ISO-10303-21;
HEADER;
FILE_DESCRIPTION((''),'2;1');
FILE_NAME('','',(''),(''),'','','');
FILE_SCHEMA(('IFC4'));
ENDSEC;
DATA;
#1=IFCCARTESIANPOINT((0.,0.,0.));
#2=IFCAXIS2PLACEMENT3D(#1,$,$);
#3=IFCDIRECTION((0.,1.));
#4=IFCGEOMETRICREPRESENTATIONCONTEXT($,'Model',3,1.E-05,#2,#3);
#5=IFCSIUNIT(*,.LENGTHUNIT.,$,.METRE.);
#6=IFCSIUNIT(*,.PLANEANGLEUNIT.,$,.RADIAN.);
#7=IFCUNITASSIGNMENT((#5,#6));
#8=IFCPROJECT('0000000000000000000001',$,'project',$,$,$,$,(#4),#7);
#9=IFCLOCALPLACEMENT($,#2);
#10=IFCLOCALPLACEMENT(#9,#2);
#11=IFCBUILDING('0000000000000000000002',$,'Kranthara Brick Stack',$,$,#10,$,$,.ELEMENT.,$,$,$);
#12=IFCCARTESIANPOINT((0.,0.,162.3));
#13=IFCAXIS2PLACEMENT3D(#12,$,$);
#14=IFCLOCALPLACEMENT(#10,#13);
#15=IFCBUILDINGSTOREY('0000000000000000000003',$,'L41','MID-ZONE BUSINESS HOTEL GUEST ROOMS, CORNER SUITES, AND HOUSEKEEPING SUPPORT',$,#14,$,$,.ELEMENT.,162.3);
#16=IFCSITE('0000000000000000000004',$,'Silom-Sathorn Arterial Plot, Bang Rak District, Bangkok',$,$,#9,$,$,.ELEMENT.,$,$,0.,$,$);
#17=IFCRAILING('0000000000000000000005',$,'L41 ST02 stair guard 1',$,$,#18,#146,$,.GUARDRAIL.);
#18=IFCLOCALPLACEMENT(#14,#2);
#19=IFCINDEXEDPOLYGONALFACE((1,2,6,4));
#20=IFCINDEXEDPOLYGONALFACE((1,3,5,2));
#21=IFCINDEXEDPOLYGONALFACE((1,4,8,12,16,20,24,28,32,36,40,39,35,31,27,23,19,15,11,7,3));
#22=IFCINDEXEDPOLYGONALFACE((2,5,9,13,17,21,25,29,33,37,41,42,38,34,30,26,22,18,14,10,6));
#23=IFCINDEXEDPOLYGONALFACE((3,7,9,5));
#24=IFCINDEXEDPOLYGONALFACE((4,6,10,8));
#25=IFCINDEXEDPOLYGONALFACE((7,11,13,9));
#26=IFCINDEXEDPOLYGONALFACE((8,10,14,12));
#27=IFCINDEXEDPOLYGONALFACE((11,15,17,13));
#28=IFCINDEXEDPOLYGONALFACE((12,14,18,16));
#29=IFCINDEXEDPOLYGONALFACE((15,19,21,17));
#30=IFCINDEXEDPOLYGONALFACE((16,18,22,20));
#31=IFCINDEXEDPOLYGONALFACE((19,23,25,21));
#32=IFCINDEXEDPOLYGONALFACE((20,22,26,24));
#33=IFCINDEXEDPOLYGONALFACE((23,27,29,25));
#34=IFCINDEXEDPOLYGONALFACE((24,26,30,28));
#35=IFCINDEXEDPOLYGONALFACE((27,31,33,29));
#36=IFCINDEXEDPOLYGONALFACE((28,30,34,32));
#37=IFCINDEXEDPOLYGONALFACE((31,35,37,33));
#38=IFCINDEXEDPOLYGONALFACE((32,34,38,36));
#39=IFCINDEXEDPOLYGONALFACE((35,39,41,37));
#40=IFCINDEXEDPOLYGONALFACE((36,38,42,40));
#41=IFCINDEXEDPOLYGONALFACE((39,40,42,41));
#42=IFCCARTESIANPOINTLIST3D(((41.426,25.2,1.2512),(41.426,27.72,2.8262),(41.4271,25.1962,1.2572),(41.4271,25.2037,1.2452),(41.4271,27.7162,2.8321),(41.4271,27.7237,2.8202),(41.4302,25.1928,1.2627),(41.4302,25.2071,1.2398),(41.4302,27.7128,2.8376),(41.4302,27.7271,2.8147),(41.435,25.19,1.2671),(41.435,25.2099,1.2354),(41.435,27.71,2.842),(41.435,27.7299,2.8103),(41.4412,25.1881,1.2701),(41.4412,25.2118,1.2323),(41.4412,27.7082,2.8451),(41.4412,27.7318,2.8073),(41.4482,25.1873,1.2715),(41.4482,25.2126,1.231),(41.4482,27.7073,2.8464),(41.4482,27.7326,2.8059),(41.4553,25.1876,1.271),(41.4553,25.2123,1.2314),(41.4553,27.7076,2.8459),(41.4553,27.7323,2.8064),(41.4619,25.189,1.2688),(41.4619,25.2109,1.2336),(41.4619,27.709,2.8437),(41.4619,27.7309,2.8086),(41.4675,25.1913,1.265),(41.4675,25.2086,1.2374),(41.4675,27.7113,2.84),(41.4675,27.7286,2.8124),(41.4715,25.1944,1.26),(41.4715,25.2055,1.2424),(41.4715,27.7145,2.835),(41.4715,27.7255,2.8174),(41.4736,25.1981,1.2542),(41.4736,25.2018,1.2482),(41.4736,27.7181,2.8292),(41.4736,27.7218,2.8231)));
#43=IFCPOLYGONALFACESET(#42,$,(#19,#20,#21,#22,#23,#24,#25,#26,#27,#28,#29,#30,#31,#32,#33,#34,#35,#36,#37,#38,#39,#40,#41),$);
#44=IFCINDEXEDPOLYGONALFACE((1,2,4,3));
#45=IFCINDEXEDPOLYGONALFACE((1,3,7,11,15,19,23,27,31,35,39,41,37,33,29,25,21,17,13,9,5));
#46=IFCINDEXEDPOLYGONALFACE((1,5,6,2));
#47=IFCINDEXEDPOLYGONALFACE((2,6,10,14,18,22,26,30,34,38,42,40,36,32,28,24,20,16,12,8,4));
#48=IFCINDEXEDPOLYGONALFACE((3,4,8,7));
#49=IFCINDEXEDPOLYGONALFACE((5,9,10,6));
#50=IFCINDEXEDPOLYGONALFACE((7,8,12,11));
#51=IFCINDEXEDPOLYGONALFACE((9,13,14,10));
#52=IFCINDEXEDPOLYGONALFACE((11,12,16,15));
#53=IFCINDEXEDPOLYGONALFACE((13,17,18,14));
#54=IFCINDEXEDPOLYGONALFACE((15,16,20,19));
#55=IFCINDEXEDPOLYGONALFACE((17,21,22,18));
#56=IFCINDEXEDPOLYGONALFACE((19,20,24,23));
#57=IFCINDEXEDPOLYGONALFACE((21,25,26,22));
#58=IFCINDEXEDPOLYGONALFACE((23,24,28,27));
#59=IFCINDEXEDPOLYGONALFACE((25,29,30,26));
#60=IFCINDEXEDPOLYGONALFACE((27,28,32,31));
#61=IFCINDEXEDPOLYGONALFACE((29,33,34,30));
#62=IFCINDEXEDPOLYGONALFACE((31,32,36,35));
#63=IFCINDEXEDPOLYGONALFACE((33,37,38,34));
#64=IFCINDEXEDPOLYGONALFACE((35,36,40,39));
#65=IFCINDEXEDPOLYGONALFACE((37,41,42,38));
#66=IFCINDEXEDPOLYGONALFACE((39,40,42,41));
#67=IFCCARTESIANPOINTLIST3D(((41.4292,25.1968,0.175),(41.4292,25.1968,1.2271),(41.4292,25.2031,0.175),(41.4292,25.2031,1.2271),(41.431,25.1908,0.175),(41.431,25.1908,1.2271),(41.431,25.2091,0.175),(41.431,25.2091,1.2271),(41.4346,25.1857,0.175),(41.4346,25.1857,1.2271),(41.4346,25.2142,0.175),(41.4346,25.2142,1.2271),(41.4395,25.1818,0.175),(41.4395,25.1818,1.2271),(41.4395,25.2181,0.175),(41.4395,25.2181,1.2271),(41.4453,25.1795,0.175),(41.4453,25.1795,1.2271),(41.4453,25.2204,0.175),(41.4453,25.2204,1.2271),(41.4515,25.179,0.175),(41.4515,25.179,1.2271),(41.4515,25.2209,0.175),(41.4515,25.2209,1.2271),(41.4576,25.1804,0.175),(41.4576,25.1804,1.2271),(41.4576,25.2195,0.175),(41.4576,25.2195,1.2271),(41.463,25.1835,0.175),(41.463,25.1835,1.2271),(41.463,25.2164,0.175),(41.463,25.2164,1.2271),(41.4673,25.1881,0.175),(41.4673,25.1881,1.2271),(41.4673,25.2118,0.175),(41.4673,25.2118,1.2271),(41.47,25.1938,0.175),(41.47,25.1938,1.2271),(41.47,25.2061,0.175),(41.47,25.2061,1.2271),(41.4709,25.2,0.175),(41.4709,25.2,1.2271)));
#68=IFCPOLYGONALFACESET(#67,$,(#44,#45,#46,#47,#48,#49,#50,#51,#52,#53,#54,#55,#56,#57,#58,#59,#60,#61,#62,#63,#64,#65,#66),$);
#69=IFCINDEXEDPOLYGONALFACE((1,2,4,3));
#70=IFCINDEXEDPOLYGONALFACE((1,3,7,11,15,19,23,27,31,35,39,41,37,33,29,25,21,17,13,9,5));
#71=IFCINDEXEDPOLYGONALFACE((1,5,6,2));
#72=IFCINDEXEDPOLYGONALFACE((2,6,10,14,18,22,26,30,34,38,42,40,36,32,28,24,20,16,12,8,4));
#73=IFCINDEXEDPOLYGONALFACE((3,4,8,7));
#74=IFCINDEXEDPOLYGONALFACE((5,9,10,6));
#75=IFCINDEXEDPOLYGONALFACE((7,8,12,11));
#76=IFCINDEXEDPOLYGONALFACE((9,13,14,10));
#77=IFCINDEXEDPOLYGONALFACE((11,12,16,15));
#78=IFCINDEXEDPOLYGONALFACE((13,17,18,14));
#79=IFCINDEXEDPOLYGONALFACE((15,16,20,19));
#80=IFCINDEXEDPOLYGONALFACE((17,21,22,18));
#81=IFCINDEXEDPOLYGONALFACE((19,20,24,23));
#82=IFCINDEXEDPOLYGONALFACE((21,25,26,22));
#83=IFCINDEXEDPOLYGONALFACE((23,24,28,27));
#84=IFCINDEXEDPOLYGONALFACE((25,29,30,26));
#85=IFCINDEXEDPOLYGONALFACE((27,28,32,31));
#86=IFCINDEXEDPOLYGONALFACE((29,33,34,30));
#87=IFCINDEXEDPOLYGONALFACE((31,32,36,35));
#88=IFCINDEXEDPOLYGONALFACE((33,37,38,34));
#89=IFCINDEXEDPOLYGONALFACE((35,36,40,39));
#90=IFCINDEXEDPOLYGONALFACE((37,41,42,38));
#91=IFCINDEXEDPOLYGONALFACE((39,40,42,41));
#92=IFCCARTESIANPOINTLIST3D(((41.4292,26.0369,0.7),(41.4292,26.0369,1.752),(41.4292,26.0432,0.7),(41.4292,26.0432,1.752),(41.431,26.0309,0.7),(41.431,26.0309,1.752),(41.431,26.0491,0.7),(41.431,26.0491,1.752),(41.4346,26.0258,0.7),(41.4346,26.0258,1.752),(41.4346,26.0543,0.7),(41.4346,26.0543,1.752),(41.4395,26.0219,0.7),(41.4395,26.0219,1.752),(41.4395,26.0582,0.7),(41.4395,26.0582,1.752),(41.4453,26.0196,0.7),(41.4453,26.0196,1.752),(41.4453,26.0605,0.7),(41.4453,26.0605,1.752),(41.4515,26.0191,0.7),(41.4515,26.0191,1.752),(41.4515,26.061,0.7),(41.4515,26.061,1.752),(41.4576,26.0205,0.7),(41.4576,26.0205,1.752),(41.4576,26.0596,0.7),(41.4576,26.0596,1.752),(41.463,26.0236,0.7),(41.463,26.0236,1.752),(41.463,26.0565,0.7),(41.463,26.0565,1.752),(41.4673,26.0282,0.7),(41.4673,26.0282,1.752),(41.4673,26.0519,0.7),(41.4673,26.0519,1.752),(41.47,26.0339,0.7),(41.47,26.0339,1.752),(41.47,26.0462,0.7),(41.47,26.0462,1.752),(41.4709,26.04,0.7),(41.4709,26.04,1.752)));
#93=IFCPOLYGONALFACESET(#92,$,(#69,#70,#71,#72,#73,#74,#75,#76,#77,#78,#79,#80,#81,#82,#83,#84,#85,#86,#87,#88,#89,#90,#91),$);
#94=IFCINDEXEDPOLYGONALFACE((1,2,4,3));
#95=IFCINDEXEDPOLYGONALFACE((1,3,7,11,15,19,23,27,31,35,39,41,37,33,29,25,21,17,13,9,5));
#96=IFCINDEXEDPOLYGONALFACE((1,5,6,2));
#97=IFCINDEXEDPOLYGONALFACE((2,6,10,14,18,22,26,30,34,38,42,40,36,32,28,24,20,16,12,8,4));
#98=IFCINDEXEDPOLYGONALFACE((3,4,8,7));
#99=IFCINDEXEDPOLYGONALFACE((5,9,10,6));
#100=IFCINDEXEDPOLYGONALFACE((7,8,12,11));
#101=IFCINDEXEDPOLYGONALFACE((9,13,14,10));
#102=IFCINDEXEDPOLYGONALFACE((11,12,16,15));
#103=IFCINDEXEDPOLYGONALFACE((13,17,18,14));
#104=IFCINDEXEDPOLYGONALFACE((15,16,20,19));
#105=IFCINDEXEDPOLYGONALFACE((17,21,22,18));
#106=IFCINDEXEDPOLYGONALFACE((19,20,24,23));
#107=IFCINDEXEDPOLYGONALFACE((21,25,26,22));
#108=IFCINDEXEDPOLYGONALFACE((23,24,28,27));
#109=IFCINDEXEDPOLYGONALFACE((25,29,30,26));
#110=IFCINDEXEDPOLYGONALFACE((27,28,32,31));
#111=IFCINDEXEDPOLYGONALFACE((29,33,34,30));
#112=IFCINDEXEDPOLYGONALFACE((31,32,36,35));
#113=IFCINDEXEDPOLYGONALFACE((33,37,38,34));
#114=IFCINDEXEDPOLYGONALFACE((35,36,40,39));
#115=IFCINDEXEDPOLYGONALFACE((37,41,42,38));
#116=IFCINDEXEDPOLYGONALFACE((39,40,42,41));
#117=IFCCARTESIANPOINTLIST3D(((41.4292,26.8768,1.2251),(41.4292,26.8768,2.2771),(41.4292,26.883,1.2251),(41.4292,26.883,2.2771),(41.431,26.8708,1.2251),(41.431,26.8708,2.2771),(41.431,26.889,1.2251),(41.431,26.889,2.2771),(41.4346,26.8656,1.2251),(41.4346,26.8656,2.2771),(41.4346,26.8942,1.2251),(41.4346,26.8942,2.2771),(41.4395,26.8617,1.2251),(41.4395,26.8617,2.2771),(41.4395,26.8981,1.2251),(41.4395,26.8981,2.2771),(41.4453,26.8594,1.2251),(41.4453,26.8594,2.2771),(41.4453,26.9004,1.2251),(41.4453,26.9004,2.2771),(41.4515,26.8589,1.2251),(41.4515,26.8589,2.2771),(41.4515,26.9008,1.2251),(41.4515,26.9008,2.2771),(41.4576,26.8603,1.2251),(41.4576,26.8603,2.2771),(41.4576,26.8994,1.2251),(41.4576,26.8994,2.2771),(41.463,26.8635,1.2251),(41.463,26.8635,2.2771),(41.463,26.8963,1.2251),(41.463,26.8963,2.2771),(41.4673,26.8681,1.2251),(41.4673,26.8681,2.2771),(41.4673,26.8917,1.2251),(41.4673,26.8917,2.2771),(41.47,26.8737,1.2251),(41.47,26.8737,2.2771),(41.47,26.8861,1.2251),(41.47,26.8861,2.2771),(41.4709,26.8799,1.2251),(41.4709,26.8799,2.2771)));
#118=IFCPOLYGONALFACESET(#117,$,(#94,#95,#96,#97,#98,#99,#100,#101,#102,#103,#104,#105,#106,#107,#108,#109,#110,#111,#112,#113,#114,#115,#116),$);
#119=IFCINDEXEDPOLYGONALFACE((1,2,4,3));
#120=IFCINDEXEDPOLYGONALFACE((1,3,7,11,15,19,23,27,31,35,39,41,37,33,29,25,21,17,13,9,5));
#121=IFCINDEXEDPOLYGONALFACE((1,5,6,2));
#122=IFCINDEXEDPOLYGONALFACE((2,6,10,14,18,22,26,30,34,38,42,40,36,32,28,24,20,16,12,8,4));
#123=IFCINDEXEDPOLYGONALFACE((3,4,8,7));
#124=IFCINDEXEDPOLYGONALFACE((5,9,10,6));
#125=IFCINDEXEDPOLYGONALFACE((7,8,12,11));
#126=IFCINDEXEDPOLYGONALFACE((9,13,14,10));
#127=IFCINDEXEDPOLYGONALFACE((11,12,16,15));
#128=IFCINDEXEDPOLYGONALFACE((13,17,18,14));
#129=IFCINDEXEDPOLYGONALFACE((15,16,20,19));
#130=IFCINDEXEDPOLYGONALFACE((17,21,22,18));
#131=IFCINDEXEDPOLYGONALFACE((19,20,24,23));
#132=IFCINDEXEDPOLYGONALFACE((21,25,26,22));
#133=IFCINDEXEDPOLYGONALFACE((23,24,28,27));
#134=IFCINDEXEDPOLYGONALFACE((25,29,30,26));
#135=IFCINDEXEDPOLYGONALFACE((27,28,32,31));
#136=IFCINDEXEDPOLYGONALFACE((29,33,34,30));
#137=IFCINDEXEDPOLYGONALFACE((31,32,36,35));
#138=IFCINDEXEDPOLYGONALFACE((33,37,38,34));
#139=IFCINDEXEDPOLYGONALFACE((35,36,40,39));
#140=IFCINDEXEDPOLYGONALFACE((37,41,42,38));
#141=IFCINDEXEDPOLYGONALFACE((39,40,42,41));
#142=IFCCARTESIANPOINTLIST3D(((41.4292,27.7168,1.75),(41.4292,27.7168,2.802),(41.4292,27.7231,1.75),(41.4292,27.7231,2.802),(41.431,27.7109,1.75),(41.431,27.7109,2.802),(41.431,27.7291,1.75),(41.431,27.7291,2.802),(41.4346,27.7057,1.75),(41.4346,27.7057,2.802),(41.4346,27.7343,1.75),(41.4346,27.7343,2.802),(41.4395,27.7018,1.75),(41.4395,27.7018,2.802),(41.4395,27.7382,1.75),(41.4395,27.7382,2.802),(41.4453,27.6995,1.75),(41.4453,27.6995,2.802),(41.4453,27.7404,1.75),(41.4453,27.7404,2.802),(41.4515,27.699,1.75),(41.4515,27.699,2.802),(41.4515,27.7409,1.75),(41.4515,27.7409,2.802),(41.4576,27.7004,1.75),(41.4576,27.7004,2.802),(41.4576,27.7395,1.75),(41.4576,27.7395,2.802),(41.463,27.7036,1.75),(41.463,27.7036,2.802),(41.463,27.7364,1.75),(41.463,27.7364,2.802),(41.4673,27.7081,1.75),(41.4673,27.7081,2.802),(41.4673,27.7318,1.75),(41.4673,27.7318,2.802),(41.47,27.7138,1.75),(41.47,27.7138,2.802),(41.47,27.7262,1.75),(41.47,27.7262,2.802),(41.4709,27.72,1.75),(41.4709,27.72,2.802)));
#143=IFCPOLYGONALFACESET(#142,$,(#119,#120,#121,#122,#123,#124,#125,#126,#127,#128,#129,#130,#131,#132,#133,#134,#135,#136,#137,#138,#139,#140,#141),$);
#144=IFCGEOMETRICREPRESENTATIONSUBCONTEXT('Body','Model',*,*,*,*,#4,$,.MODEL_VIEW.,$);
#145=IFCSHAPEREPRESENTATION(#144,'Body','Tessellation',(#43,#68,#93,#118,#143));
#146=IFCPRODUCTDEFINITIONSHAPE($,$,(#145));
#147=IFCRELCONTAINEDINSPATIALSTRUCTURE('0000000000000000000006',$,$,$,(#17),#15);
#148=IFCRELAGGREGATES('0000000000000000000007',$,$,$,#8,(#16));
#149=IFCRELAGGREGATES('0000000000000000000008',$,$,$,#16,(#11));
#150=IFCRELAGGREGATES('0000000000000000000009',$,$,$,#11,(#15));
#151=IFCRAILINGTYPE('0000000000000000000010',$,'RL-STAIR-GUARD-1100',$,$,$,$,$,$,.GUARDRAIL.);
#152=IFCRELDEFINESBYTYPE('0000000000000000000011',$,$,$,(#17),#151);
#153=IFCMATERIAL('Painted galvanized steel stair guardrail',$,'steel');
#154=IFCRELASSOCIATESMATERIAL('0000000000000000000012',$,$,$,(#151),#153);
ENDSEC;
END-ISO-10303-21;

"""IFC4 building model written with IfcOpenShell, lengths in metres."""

from ifc_helpers import new_model, si_unit, direction, frame, origin, origin_2d, place, context, subcontext, project, spatial, circle, extrude, material, type_object, element, save


model = new_model("IFC4")

# Units and contexts
model_context = context("Model", 3, precision=1e-05, world=origin(), true_north=direction((0.0, 1.0)))
body_context = subcontext(model_context, "Body", "Model", "MODEL_VIEW")
ifc_project = project(units=[si_unit("LENGTHUNIT", "METRE"), si_unit("PLANEANGLEUNIT", "RADIAN")], contexts=[model_context])

# Site, building, storey
site_placement = place(None, origin())
site = spatial("IfcSite", under=ifc_project, at=site_placement, Name="Silom-Sathorn Arterial Plot, Bang Rak District, Bangkok", CompositionType="ELEMENT", RefElevation=0.0)
building_placement = place(site_placement, origin())
building = spatial("IfcBuilding", under=site, at=building_placement, Name="Kranthara Brick Stack", CompositionType="ELEMENT")
storey_placement = place(building_placement, frame((0.0, 0.0, 162.3)))
storey = spatial("IfcBuildingStorey", under=building, at=storey_placement, Name="L41", Description="MID-ZONE BUSINESS HOTEL GUEST ROOMS, CORNER SUITES, AND HOUSEKEEPING SUPPORT", CompositionType="ELEMENT", Elevation=162.3)

# Railing
ifc_material_1 = material(Name="Painted galvanized steel stair guardrail", Category="steel")
railing_type = type_object("IfcRailingType", Name="RL-STAIR-GUARD-1100", PredefinedType="GUARDRAIL", material=ifc_material_1)
railing_1_placement = place(storey_placement, frame((41.45, 25.2, 0.175)))
element("IfcRailing", 1, at=railing_1_placement, inside=storey, type_object=railing_type, Name="L41 ST02 stair guard 1", PredefinedType="GUARDRAIL", context=body_context, shape_type="SweptSolid", body=[
    extrude(circle(Radius=0.0239, at=origin_2d()), frame((0.0, 0.0, 1.0762), z_axis=(0.0, 0.848008, 0.529984), x_axis=(-1.0, 0.0, 0.0)), (0.0, 0.0, 1.0), 2.9717),
    extrude(circle(Radius=0.021, at=origin_2d()), origin(), (0.0, 0.0, 1.0), 1.052),
    extrude(circle(Radius=0.021, at=origin_2d()), frame((0.0, 0.8401, 0.5249)), (0.0, 0.0, 1.0), 1.052),
    extrude(circle(Radius=0.021, at=origin_2d()), frame((0.0, 1.6799, 1.05)), (0.0, 0.0, 1.0), 1.052),
    extrude(circle(Radius=0.021, at=origin_2d()), frame((0.0, 2.52, 1.575)), (0.0, 0.0, 1.0), 1.052),
])

save(model, "model.ifc")
